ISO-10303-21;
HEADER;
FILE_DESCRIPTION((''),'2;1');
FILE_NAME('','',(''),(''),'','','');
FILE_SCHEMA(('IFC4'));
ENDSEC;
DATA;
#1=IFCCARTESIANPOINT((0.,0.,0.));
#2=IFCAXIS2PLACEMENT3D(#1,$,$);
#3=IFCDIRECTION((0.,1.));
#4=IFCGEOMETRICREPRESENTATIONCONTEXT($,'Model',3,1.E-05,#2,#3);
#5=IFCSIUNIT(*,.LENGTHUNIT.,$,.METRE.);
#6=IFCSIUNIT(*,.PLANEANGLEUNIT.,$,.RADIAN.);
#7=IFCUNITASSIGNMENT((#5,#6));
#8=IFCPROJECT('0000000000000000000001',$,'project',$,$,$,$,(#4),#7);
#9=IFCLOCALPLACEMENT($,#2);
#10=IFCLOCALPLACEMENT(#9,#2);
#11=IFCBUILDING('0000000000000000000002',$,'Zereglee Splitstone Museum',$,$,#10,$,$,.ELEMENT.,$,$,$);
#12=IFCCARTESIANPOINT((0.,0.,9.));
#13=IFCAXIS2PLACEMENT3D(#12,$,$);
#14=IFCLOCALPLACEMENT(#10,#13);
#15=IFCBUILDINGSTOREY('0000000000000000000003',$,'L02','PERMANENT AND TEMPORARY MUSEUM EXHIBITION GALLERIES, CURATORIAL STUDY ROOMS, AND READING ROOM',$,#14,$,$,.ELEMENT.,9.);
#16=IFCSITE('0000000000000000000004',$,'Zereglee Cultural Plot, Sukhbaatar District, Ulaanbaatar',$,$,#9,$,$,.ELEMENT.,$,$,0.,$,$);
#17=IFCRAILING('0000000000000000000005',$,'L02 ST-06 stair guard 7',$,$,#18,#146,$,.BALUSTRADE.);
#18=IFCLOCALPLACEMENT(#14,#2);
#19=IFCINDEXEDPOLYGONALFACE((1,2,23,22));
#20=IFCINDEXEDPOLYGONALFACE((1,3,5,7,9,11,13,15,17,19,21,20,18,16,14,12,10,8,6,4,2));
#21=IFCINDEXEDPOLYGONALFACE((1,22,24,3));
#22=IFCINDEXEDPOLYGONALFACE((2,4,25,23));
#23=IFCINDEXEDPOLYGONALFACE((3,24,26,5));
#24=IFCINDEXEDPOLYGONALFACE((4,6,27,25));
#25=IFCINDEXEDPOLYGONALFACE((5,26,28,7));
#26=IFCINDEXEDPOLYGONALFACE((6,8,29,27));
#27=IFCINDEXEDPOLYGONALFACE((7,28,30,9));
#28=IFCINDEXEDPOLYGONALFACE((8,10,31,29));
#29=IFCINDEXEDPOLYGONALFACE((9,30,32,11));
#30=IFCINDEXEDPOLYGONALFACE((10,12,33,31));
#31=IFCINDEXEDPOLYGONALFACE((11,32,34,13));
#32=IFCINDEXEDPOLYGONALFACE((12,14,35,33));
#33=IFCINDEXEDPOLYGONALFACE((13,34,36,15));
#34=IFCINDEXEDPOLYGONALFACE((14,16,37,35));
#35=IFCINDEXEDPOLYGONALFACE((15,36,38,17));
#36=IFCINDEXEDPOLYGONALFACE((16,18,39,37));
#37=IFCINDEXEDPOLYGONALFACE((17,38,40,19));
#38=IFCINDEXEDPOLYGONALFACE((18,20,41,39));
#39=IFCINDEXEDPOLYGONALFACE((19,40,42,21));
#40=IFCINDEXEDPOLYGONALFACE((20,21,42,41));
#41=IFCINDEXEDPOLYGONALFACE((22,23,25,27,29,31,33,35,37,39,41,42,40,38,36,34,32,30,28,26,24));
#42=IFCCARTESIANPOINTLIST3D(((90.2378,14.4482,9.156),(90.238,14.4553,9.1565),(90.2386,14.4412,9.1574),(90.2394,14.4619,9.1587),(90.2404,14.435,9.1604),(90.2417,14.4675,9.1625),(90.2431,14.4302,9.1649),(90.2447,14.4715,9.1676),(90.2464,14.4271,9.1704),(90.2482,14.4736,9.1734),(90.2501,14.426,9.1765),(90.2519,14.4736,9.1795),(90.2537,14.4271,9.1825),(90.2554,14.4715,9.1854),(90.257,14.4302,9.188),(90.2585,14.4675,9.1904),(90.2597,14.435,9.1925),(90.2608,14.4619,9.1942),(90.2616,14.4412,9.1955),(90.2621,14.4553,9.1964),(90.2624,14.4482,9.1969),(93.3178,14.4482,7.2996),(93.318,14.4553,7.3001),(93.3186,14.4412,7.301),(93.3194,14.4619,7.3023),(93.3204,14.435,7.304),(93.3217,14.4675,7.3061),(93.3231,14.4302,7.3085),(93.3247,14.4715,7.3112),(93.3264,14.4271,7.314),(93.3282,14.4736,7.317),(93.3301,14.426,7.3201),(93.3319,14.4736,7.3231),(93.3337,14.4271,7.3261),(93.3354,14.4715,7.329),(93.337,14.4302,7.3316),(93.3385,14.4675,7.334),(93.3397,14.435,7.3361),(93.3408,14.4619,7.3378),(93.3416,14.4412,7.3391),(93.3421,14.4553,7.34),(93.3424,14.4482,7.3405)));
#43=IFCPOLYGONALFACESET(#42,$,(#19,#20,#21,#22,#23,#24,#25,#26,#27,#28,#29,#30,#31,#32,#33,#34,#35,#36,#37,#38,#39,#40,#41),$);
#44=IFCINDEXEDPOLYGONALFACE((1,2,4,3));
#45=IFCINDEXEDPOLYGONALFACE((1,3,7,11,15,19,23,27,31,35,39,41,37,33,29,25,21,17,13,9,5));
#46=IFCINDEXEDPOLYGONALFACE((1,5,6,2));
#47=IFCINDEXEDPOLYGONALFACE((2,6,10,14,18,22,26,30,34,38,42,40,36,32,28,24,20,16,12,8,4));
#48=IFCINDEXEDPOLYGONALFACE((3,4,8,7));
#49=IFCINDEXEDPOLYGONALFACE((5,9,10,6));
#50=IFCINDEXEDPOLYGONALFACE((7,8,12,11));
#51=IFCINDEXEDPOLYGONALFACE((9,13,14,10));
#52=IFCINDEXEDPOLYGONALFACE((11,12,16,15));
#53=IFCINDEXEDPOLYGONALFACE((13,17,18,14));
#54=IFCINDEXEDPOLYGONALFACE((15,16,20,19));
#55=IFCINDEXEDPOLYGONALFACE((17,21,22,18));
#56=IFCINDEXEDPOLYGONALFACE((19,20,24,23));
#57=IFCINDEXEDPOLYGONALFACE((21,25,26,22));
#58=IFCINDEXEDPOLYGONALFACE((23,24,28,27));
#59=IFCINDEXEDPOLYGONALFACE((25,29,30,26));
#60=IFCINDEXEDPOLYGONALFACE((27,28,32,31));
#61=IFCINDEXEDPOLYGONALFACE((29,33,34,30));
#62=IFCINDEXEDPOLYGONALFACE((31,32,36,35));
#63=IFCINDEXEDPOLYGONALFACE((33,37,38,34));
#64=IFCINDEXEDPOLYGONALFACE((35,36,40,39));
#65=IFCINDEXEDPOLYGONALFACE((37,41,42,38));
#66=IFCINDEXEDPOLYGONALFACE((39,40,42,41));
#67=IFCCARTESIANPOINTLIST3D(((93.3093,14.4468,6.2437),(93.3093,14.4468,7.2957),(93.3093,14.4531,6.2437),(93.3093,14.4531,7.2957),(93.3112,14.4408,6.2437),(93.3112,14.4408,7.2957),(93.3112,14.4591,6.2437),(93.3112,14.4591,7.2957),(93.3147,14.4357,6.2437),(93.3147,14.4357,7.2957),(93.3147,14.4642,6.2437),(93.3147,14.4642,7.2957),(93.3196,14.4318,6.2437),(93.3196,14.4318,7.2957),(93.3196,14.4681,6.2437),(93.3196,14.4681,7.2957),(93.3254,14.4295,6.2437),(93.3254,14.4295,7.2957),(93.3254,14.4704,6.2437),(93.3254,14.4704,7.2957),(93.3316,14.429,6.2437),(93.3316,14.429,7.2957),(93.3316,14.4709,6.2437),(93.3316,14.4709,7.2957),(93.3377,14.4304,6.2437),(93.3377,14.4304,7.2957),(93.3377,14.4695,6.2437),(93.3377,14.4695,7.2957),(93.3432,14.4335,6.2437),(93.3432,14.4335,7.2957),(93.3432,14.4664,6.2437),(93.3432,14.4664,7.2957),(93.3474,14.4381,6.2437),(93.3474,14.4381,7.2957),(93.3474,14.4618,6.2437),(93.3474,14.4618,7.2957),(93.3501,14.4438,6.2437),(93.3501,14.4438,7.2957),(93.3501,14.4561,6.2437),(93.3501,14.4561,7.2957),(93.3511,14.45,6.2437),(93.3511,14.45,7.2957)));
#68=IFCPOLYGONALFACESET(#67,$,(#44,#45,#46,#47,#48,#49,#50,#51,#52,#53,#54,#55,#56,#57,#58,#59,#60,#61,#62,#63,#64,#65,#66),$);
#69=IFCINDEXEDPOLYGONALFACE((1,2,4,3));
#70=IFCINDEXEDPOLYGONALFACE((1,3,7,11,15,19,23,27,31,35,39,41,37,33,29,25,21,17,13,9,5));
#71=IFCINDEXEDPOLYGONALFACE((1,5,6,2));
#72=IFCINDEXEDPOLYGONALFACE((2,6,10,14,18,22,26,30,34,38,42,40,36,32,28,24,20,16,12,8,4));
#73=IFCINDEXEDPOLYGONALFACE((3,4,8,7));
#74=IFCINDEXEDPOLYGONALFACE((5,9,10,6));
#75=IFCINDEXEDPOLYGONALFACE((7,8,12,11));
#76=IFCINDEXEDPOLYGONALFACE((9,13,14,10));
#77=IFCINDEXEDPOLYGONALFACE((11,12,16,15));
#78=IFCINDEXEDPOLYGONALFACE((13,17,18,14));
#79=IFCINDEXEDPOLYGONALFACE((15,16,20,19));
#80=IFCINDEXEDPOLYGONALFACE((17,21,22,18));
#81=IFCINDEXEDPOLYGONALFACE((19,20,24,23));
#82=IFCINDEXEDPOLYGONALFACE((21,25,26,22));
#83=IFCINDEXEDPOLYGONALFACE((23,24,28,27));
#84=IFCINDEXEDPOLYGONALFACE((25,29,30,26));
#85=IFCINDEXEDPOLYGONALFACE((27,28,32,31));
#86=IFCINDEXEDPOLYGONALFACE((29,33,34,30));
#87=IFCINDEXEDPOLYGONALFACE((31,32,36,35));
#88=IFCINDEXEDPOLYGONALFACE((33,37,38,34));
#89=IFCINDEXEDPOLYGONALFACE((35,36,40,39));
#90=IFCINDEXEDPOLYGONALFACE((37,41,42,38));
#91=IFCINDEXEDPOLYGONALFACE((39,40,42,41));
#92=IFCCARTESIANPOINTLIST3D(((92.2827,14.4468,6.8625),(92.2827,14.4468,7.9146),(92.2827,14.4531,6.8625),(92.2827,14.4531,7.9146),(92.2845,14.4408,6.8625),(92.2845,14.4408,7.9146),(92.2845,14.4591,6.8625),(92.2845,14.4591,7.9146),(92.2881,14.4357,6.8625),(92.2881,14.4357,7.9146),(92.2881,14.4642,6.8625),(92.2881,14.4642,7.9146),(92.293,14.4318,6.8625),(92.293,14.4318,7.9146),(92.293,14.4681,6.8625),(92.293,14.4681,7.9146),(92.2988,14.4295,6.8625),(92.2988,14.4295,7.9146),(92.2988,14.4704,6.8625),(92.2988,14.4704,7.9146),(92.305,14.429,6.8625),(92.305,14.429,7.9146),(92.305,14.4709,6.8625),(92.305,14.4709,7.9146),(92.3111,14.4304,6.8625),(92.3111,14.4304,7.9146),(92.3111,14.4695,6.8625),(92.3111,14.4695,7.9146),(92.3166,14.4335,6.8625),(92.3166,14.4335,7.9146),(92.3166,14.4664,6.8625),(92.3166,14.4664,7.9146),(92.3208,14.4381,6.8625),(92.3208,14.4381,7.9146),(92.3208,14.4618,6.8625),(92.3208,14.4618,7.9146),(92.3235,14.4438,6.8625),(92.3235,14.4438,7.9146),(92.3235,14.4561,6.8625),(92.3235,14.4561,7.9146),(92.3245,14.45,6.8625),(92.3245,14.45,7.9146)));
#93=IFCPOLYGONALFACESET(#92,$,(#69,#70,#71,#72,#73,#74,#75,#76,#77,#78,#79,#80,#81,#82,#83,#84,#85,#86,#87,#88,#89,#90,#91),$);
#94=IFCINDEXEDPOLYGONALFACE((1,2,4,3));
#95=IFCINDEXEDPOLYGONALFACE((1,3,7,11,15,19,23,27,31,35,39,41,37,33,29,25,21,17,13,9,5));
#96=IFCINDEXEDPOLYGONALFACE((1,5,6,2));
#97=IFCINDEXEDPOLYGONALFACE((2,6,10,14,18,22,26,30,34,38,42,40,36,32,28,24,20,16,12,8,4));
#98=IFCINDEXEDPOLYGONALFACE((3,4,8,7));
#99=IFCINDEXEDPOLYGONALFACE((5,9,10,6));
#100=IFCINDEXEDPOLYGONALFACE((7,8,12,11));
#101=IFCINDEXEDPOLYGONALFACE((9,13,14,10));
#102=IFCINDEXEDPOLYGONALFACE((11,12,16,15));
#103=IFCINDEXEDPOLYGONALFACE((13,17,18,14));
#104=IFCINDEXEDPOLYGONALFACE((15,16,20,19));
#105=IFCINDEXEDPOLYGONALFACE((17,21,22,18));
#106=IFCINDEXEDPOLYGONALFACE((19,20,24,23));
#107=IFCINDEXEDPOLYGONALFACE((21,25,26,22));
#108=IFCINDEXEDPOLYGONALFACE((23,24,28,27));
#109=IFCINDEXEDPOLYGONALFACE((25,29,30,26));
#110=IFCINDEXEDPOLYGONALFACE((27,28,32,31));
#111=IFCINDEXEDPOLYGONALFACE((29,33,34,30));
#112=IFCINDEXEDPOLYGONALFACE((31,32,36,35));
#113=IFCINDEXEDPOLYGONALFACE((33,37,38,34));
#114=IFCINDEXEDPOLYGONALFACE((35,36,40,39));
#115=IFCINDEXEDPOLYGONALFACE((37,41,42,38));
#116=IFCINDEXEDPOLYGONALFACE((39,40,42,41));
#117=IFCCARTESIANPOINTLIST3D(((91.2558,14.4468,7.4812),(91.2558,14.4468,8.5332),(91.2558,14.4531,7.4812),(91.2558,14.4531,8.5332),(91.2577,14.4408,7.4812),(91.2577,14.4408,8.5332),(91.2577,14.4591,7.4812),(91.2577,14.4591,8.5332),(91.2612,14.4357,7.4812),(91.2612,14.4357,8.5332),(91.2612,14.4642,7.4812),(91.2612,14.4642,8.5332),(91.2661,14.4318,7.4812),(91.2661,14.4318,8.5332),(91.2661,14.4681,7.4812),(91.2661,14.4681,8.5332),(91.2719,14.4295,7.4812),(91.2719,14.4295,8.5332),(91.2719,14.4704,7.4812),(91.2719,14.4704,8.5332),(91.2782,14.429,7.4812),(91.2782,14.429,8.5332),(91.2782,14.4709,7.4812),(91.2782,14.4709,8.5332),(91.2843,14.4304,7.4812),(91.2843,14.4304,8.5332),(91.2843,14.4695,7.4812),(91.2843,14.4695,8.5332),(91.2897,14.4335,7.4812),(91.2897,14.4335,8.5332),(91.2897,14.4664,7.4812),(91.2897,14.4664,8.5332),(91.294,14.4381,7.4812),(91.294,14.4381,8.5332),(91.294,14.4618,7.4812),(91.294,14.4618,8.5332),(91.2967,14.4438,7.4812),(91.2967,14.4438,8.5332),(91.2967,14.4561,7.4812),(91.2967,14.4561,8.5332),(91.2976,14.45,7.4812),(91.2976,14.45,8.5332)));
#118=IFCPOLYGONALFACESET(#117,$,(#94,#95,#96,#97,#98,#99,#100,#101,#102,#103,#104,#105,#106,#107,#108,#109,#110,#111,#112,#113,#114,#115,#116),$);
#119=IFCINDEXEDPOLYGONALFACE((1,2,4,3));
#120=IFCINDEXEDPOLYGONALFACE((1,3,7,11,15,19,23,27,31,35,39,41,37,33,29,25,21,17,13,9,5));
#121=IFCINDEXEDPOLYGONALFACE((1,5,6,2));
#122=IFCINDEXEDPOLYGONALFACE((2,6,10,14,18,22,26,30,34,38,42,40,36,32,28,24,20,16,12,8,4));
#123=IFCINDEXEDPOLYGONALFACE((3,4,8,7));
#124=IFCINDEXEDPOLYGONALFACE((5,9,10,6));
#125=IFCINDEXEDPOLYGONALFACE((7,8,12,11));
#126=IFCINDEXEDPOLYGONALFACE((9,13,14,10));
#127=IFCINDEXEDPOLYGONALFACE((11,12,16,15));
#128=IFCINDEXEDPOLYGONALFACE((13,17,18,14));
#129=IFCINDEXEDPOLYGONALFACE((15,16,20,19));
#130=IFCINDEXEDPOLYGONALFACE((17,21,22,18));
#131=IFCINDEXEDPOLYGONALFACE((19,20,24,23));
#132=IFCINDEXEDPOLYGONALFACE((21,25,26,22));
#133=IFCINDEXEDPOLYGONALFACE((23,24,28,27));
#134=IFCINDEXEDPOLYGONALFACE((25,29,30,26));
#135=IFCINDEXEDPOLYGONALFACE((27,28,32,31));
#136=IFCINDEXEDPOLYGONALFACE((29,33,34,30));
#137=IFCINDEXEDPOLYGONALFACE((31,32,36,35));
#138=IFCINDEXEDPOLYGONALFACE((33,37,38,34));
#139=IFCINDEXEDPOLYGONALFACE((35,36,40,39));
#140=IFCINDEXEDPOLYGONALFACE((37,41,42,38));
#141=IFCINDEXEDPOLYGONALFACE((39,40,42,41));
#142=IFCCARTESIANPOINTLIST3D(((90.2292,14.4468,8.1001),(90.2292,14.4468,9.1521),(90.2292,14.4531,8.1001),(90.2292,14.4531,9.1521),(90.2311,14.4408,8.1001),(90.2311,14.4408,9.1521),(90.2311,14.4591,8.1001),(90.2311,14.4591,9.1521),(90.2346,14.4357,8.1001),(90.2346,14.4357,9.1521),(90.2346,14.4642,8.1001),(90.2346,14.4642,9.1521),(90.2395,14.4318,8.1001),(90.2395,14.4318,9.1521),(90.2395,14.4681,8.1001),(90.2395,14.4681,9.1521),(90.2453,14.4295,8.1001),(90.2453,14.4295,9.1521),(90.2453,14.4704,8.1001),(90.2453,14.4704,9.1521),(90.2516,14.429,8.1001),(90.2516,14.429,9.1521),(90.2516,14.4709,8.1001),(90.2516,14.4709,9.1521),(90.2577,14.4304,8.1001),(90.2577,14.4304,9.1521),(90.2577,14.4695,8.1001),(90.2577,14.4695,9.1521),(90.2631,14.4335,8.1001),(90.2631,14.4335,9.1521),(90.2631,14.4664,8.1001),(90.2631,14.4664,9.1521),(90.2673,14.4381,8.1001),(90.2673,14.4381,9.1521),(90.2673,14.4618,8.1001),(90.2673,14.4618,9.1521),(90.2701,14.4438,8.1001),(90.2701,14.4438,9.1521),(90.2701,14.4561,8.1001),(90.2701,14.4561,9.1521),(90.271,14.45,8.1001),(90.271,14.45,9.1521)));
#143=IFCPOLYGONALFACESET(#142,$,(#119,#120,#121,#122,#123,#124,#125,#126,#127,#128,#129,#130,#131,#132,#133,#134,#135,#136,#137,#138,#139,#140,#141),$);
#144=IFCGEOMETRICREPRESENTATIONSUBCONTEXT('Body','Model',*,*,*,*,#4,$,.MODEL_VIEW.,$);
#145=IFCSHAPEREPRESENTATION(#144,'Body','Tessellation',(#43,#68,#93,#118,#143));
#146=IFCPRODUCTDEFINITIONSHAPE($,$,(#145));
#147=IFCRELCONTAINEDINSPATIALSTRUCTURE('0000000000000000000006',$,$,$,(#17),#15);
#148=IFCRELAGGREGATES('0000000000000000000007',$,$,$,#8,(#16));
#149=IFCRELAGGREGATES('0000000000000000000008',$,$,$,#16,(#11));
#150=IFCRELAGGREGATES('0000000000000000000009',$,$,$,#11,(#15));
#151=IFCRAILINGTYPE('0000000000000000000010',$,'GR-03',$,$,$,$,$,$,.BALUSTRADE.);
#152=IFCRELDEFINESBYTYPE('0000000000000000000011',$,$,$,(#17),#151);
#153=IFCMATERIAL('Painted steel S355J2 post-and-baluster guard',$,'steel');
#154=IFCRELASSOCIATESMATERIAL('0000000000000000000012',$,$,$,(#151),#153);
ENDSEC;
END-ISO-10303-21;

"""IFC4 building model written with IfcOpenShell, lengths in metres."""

from ifc_helpers import new_model, si_unit, direction, frame, origin, origin_2d, place, context, subcontext, project, spatial, circle, extrude, material, type_object, element, save


model = new_model("IFC4")

# Units and contexts
model_context = context("Model", 3, precision=1e-05, world=origin(), true_north=direction((0.0, 1.0)))
body_context = subcontext(model_context, "Body", "Model", "MODEL_VIEW")
ifc_project = project(units=[si_unit("LENGTHUNIT", "METRE"), si_unit("PLANEANGLEUNIT", "RADIAN")], contexts=[model_context])

# Site, building, storey
site_placement = place(None, origin())
site = spatial("IfcSite", under=ifc_project, at=site_placement, Name="Zereglee Cultural Plot, Sukhbaatar District, Ulaanbaatar", CompositionType="ELEMENT", RefElevation=0.0)
building_placement = place(site_placement, origin())
building = spatial("IfcBuilding", under=site, at=building_placement, Name="Zereglee Splitstone Museum", CompositionType="ELEMENT")
storey_placement = place(building_placement, frame((0.0, 0.0, 9.0)))
storey = spatial("IfcBuildingStorey", under=building, at=storey_placement, Name="L02", Description="PERMANENT AND TEMPORARY MUSEUM EXHIBITION GALLERIES, CURATORIAL STUDY ROOMS, AND READING ROOM", CompositionType="ELEMENT", Elevation=9.0)

# Railing
ifc_material_1 = material(Name="Painted steel S355J2 post-and-baluster guard", Category="steel")
railing_type_1 = type_object("IfcRailingType", Name="GR-03", PredefinedType="BALUSTRADE", material=ifc_material_1)
railing_1_placement = place(storey_placement, frame((93.3301, 14.45, 6.2437)))
element("IfcRailing", 1, at=railing_1_placement, inside=storey, type_object=railing_type_1, Name="L02 ST-06 stair guard 7", PredefinedType="BALUSTRADE", context=body_context, shape_type="SweptSolid", body=[
    extrude(circle(Radius=0.0239, at=origin_2d()), frame((0.0, 0.0, 1.0764), z_axis=(-0.856461, 0.0, 0.516212), x_axis=(0.0, -1.0, 0.0)), (0.0, 0.0, 1.0), 3.5962),
    extrude(circle(Radius=0.021, at=origin_2d()), origin(), (0.0, 0.0, 1.0), 1.052),
    extrude(circle(Radius=0.021, at=origin_2d()), frame((-1.0266, 0.0, 0.6189)), (0.0, 0.0, 1.0), 1.052),
    extrude(circle(Radius=0.021, at=origin_2d()), frame((-2.0535, 0.0, 1.2375)), (0.0, 0.0, 1.0), 1.052),
    extrude(circle(Radius=0.021, at=origin_2d()), frame((-3.0801, 0.0, 1.8564)), (0.0, 0.0, 1.0), 1.052),
])

save(model, "model.ifc")
